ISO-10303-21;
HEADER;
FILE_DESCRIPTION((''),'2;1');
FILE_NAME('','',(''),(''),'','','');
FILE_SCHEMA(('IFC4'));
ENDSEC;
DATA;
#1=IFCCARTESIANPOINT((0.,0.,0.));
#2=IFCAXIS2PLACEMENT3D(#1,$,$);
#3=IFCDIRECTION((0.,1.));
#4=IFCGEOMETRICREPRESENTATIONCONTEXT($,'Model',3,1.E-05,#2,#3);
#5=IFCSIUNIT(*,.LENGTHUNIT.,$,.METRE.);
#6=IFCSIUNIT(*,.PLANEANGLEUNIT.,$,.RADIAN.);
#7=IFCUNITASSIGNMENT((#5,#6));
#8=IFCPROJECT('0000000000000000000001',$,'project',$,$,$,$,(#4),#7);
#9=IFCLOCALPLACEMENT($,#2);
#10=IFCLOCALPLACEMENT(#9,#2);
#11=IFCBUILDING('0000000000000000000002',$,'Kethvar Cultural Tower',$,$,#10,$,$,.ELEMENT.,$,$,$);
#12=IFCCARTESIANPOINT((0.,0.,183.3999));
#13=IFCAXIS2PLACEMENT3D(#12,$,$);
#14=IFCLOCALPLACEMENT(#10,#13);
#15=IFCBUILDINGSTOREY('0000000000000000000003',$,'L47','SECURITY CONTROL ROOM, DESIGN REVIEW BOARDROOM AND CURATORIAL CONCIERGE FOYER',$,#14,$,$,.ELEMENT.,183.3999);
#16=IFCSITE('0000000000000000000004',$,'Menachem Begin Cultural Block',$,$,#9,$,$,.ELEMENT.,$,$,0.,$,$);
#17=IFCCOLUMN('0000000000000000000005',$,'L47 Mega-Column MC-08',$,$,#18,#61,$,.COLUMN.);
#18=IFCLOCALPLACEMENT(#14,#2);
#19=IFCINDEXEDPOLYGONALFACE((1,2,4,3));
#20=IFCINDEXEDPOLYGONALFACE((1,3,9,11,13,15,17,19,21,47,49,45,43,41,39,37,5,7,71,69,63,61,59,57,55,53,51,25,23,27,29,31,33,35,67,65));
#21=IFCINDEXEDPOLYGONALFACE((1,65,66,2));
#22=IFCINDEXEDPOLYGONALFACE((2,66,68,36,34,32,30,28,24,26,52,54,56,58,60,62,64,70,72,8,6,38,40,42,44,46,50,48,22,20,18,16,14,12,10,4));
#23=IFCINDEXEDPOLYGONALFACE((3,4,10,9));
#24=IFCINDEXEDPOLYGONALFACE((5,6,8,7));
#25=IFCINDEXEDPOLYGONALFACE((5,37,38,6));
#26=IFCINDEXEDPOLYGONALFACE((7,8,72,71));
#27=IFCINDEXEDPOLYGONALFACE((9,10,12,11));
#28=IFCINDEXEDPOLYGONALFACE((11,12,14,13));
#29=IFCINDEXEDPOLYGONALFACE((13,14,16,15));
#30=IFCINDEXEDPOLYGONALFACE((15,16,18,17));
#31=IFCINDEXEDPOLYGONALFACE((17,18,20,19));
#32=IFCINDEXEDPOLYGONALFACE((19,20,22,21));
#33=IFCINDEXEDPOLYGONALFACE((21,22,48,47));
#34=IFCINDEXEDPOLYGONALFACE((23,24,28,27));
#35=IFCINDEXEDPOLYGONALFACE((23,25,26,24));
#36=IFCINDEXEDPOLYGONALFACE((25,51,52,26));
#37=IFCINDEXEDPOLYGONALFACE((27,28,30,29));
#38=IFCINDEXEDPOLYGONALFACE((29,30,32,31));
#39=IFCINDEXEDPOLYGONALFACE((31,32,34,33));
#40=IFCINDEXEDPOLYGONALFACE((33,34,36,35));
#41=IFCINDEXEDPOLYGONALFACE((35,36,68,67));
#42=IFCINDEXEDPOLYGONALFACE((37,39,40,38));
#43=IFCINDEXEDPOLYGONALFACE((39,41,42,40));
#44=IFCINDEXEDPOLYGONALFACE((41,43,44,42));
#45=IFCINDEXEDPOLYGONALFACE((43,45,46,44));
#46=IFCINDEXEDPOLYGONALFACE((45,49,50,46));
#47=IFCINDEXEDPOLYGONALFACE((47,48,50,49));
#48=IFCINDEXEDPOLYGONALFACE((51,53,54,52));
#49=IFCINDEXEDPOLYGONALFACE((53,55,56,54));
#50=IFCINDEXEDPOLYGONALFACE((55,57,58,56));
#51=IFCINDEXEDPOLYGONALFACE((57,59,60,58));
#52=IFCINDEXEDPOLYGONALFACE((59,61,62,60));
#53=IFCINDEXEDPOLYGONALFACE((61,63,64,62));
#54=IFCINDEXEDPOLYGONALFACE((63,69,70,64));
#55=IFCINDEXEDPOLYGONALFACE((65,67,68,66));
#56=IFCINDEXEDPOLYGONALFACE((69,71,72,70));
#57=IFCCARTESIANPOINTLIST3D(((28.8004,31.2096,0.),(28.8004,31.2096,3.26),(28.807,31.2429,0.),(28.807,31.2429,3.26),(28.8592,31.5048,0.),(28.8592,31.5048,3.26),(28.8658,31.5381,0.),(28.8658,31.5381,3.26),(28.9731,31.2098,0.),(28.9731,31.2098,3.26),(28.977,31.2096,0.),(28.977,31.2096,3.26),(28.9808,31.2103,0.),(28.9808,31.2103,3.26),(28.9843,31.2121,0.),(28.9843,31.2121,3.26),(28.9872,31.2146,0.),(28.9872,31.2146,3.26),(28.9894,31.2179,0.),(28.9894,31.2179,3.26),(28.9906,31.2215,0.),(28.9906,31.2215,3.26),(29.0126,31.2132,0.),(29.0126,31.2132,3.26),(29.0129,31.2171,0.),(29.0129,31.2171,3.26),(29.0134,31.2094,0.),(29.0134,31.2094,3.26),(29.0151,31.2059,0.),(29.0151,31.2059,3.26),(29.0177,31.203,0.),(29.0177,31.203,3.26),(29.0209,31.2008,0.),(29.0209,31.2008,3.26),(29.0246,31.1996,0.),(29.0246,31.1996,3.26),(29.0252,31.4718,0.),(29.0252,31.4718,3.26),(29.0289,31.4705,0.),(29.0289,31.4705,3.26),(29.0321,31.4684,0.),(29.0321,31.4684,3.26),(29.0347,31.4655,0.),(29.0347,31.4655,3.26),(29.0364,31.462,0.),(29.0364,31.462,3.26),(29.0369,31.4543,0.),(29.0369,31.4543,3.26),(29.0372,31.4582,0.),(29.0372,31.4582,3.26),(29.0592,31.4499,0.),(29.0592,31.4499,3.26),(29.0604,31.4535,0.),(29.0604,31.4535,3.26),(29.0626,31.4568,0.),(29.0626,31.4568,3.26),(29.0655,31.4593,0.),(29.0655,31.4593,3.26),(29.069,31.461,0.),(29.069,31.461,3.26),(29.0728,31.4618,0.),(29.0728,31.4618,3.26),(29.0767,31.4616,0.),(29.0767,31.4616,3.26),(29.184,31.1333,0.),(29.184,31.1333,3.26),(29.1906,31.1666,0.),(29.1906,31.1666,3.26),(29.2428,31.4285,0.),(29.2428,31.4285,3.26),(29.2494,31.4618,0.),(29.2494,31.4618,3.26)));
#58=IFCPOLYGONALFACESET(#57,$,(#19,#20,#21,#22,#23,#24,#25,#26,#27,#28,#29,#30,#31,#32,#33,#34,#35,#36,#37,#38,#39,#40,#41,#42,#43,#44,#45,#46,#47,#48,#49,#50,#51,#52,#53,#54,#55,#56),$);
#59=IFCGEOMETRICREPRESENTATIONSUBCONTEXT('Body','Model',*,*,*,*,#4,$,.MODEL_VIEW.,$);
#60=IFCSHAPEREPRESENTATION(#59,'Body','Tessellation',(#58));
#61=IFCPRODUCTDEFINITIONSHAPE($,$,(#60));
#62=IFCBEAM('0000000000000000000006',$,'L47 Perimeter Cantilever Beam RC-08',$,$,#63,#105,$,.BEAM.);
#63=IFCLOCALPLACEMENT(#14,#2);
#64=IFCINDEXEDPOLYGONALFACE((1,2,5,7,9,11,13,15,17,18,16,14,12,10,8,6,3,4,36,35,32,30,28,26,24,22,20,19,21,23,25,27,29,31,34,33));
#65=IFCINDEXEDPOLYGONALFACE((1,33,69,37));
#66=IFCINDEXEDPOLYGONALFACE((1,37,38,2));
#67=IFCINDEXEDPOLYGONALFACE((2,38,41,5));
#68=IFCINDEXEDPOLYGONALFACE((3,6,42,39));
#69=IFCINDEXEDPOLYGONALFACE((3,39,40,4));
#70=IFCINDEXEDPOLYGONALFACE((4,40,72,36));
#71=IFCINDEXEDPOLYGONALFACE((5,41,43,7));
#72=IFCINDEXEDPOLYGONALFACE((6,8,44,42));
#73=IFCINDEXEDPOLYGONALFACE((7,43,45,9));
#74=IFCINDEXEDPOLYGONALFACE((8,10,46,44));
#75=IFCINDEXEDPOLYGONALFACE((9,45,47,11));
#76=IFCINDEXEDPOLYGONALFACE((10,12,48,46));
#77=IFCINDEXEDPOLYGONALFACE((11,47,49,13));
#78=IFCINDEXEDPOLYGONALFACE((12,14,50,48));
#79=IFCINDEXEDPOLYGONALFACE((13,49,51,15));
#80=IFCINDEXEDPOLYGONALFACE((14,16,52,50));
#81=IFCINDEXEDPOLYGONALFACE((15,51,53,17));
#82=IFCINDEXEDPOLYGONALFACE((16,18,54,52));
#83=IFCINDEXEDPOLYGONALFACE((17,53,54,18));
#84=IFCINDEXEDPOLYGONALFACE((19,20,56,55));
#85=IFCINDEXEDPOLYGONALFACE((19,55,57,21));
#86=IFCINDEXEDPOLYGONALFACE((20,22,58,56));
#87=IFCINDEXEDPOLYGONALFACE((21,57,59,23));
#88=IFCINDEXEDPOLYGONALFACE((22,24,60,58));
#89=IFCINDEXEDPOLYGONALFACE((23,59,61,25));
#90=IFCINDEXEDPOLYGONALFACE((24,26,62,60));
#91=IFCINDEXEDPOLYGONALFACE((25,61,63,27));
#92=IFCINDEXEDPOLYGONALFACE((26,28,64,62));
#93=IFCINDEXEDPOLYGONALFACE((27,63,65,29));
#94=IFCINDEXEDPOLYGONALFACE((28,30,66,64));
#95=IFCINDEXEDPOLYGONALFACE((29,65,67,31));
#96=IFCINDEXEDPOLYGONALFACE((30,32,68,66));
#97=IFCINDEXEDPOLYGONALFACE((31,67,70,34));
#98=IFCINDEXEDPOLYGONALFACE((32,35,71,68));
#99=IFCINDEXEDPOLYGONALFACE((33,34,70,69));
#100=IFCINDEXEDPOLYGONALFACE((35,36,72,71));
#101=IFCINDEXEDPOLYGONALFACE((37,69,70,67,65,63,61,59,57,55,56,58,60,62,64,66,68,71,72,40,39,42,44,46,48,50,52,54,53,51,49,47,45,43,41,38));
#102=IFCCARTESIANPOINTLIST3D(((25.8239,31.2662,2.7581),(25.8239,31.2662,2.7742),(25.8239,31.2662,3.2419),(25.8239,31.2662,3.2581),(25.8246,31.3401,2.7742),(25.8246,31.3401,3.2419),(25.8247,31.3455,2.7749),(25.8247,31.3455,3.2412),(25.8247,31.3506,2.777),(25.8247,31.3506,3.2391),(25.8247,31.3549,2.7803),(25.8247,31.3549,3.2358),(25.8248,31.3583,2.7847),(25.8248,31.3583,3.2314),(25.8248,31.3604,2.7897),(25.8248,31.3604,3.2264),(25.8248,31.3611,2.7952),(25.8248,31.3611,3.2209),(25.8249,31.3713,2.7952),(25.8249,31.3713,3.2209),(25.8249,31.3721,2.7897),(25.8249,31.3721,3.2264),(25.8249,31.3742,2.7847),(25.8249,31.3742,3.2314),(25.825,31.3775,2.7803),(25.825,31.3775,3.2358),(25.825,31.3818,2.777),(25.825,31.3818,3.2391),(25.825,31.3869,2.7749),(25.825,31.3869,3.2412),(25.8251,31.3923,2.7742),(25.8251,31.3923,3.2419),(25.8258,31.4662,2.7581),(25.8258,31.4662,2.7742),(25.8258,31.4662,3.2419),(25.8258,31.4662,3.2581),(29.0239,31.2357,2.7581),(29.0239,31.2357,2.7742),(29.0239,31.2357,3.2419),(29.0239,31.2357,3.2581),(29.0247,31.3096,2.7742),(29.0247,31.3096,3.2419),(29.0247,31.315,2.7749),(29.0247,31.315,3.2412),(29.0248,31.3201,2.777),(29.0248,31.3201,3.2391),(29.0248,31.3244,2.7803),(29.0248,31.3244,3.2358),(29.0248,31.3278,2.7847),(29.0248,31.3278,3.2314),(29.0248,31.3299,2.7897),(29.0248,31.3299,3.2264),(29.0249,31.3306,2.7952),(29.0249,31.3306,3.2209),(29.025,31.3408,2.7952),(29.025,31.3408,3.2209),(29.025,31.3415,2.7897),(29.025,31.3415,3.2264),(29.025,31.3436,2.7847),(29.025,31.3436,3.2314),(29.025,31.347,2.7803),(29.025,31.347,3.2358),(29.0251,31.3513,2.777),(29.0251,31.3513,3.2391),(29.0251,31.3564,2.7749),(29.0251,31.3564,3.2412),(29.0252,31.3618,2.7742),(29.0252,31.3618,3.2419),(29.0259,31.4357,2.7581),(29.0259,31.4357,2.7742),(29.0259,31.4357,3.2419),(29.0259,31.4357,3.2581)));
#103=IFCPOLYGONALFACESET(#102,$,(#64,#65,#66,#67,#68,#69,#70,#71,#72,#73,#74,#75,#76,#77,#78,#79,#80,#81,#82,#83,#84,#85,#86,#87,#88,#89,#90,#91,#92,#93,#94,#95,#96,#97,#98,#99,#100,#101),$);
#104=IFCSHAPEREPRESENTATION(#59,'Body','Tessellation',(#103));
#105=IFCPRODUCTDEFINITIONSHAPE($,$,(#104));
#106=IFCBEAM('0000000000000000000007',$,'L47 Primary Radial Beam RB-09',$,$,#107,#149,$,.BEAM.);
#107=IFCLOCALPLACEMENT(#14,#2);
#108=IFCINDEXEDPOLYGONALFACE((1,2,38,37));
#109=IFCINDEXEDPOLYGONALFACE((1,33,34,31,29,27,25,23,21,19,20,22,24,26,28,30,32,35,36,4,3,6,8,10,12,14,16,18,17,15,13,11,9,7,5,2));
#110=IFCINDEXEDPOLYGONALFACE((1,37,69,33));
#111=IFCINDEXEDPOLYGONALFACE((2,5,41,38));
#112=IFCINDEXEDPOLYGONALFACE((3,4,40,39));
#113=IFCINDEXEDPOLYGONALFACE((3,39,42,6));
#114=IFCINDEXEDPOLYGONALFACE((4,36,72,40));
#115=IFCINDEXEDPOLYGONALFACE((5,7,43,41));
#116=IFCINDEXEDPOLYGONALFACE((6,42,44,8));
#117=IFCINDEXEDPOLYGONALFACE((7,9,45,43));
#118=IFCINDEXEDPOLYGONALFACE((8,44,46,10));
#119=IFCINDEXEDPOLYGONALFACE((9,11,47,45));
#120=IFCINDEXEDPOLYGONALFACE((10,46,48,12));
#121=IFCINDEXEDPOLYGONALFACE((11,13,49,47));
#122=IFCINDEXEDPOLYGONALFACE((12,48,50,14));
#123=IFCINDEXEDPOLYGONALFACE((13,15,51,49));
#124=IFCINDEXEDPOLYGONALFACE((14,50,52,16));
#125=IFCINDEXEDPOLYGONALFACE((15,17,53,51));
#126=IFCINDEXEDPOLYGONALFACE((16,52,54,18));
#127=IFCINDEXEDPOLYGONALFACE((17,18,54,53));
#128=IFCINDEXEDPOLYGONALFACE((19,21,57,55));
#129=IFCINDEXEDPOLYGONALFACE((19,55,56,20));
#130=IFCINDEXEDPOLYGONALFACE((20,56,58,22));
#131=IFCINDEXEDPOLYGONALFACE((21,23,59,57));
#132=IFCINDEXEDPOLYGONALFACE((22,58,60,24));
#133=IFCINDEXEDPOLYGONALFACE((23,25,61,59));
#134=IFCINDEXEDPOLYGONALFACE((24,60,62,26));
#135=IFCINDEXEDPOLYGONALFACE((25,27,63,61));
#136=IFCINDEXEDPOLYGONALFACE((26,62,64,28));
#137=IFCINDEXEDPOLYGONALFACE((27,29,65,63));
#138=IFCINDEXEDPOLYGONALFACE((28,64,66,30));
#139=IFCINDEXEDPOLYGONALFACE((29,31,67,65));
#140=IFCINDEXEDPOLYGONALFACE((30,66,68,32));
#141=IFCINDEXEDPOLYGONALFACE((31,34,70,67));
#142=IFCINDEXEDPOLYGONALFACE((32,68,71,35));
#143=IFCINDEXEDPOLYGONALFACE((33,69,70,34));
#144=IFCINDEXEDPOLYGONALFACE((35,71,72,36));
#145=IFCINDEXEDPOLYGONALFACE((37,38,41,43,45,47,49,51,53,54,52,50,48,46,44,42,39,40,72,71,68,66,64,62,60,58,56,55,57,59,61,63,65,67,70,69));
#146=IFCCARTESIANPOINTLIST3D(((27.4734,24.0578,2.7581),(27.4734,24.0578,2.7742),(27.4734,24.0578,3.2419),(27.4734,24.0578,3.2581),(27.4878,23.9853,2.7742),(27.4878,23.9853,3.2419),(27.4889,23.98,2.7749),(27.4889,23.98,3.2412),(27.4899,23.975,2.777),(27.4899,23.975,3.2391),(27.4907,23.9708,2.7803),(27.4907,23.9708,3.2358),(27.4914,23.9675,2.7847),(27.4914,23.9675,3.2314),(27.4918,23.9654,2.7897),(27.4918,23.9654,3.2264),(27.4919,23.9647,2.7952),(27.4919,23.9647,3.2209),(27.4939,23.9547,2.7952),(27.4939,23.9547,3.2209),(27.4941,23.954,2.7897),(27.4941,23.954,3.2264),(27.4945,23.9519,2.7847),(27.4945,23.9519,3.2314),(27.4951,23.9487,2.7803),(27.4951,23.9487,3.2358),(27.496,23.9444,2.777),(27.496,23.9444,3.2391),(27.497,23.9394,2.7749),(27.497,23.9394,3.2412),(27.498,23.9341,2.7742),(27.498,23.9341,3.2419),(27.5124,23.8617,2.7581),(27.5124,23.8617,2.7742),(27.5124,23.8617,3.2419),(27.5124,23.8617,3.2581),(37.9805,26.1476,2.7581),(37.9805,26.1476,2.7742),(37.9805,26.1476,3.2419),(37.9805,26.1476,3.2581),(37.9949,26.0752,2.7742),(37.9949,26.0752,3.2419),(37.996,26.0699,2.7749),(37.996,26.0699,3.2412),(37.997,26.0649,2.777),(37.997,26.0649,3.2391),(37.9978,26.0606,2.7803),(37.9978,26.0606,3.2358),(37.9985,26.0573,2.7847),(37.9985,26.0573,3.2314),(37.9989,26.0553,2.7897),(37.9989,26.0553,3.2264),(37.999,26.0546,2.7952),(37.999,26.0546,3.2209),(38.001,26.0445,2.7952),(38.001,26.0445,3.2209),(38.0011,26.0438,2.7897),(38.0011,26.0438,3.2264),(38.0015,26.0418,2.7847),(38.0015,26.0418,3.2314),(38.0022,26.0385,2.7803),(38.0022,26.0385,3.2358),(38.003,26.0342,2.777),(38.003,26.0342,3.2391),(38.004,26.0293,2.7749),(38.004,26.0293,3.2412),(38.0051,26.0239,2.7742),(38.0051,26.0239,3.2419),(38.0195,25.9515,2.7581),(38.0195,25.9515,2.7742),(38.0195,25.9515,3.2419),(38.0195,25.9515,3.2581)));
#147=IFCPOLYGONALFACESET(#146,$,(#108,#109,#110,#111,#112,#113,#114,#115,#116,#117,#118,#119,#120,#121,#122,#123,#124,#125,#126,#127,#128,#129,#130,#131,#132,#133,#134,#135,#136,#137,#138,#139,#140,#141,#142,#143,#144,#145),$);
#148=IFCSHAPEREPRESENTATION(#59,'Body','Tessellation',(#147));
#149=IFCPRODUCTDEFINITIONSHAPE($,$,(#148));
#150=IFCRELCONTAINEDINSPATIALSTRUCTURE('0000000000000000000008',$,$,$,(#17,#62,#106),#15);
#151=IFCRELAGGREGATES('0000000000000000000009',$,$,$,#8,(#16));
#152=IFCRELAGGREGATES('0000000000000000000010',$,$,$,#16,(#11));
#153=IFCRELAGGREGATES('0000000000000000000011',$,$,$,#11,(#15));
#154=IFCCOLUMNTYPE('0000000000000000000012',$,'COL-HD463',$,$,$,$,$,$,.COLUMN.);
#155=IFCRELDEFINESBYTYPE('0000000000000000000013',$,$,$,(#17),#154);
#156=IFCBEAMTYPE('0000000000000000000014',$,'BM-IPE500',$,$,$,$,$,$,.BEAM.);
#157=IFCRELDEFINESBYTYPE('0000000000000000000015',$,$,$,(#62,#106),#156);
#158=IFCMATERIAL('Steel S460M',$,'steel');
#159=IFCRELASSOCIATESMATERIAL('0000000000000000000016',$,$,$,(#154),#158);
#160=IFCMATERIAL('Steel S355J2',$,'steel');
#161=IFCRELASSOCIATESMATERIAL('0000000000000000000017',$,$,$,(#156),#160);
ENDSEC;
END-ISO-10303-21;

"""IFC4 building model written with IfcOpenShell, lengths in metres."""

from ifc_helpers import new_model, si_unit, direction, frame, origin, origin_2d, place, context, subcontext, project, spatial, i_section, extrude, source, transform, mapped, material, material_profile, profile_set, type_object, element, save


model = new_model("IFC4")

# Units and contexts
model_context = context("Model", 3, precision=1e-05, world=origin(), true_north=direction((0.0, 1.0)))
body_context = subcontext(model_context, "Body", "Model", "MODEL_VIEW")
ifc_project = project(units=[si_unit("LENGTHUNIT", "METRE"), si_unit("PLANEANGLEUNIT", "RADIAN")], contexts=[model_context])

# Site, building, storey
site_placement = place(None, origin())
site = spatial("IfcSite", under=ifc_project, at=site_placement, Name="Menachem Begin Cultural Block", CompositionType="ELEMENT", RefElevation=0.0)
building_placement = place(site_placement, origin())
building = spatial("IfcBuilding", under=site, at=building_placement, Name="Kethvar Cultural Tower", CompositionType="ELEMENT")
storey_placement = place(building_placement, frame((0.0, 0.0, 183.3999)))
storey = spatial("IfcBuildingStorey", under=building, at=storey_placement, Name="L47", Description="SECURITY CONTROL ROOM, DESIGN REVIEW BOARDROOM AND CURATORIAL CONCIERGE FOYER", CompositionType="ELEMENT", Elevation=183.3999)

# Column
ifc_material_1 = material(Name="Steel S460M", Category="steel")
ifc_material_profile_1 = material_profile(ifc_material_1, i_section(OverallWidth=0.3911, OverallDepth=0.335, WebThickness=0.0227, FlangeThickness=0.0339, FilletRadius=0.0149, at=origin_2d()), Name="Steel S460M — HD400x463")
ifc_profile_set_1 = profile_set([ifc_material_profile_1], Name="Steel S460M — HD400x463")
column_type = type_object("IfcColumnType", Name="COL-HD463", PredefinedType="COLUMN", material=ifc_profile_set_1)
shared_shape_1 = source(origin(), body_context, "Body", "SweptSolid", [
    extrude(i_section(OverallWidth=0.3911, OverallDepth=0.335, WebThickness=0.0227, FlangeThickness=0.0339, FilletRadius=0.0149, at=origin_2d()), origin(), (0.0, 0.0, 1.0), 3.26),
])
column_placement = place(storey_placement, frame((29.0249, 31.3357, 0.0), z_axis=(0.0, 0.0, 1.0), x_axis=(-0.980785, 0.19509, 0.0)))
element("IfcColumn", 1, at=column_placement, inside=storey, type_object=column_type, Name="L47 Mega-Column MC-08", PredefinedType="COLUMN", context=body_context, shape_type="MappedRepresentation", body=[
    mapped(shared_shape_1, transform((0.0, 0.0, 0.0), scale=1.0)),
])

# Beams
ifc_material_2 = material(Name="Steel S355J2", Category="steel")
ifc_material_profile_2 = material_profile(ifc_material_2, i_section(OverallWidth=0.2, OverallDepth=0.5, WebThickness=0.0103, FlangeThickness=0.0161, FilletRadius=0.021, at=origin_2d()), Name="Steel S355J2 — IPE500")
ifc_profile_set_2 = profile_set([ifc_material_profile_2], Name="Steel S355J2 — IPE500")
beam_type_1 = type_object("IfcBeamType", Name="BM-IPE500", PredefinedType="BEAM", material=ifc_profile_set_2)
shared_shape_2 = source(origin(), body_context, "Body", "SweptSolid", [
    extrude(i_section(OverallWidth=0.2, OverallDepth=0.5, WebThickness=0.0103, FlangeThickness=0.0161, FilletRadius=0.021, at=origin_2d()), origin(), (0.0, 0.0, 1.0), 3.2002),
])
beam_1_placement = place(storey_placement, frame((29.0249, 31.3357, 3.0081), z_axis=(-0.999955, 0.009536, 0.0), x_axis=(-0.009536, -0.999955, 0.0)))
element("IfcBeam", 2, at=beam_1_placement, inside=storey, type_object=beam_type_1, Name="L47 Perimeter Cantilever Beam RC-08", PredefinedType="BEAM", context=body_context, shape_type="MappedRepresentation", body=[
    mapped(shared_shape_2, transform((0.0, 0.0, 0.0), scale=1.0)),
])
shared_shape_3 = source(origin(), body_context, "Body", "SweptSolid", [
    extrude(i_section(OverallWidth=0.2, OverallDepth=0.5, WebThickness=0.0103, FlangeThickness=0.0161, FilletRadius=0.021, at=origin_2d()), origin(), (0.0, 0.0, 1.0), 10.7129),
])
beam_2_placement = place(storey_placement, frame((38.0, 26.0496, 3.0081), z_axis=(-0.980788, -0.195077, 0.0), x_axis=(0.195077, -0.980788, 0.0)))
element("IfcBeam", 3, at=beam_2_placement, inside=storey, type_object=beam_type_1, Name="L47 Primary Radial Beam RB-09", PredefinedType="BEAM", context=body_context, shape_type="MappedRepresentation", body=[
    mapped(shared_shape_3, transform((0.0, 0.0, 0.0), scale=1.0)),
])

save(model, "model.ifc")
